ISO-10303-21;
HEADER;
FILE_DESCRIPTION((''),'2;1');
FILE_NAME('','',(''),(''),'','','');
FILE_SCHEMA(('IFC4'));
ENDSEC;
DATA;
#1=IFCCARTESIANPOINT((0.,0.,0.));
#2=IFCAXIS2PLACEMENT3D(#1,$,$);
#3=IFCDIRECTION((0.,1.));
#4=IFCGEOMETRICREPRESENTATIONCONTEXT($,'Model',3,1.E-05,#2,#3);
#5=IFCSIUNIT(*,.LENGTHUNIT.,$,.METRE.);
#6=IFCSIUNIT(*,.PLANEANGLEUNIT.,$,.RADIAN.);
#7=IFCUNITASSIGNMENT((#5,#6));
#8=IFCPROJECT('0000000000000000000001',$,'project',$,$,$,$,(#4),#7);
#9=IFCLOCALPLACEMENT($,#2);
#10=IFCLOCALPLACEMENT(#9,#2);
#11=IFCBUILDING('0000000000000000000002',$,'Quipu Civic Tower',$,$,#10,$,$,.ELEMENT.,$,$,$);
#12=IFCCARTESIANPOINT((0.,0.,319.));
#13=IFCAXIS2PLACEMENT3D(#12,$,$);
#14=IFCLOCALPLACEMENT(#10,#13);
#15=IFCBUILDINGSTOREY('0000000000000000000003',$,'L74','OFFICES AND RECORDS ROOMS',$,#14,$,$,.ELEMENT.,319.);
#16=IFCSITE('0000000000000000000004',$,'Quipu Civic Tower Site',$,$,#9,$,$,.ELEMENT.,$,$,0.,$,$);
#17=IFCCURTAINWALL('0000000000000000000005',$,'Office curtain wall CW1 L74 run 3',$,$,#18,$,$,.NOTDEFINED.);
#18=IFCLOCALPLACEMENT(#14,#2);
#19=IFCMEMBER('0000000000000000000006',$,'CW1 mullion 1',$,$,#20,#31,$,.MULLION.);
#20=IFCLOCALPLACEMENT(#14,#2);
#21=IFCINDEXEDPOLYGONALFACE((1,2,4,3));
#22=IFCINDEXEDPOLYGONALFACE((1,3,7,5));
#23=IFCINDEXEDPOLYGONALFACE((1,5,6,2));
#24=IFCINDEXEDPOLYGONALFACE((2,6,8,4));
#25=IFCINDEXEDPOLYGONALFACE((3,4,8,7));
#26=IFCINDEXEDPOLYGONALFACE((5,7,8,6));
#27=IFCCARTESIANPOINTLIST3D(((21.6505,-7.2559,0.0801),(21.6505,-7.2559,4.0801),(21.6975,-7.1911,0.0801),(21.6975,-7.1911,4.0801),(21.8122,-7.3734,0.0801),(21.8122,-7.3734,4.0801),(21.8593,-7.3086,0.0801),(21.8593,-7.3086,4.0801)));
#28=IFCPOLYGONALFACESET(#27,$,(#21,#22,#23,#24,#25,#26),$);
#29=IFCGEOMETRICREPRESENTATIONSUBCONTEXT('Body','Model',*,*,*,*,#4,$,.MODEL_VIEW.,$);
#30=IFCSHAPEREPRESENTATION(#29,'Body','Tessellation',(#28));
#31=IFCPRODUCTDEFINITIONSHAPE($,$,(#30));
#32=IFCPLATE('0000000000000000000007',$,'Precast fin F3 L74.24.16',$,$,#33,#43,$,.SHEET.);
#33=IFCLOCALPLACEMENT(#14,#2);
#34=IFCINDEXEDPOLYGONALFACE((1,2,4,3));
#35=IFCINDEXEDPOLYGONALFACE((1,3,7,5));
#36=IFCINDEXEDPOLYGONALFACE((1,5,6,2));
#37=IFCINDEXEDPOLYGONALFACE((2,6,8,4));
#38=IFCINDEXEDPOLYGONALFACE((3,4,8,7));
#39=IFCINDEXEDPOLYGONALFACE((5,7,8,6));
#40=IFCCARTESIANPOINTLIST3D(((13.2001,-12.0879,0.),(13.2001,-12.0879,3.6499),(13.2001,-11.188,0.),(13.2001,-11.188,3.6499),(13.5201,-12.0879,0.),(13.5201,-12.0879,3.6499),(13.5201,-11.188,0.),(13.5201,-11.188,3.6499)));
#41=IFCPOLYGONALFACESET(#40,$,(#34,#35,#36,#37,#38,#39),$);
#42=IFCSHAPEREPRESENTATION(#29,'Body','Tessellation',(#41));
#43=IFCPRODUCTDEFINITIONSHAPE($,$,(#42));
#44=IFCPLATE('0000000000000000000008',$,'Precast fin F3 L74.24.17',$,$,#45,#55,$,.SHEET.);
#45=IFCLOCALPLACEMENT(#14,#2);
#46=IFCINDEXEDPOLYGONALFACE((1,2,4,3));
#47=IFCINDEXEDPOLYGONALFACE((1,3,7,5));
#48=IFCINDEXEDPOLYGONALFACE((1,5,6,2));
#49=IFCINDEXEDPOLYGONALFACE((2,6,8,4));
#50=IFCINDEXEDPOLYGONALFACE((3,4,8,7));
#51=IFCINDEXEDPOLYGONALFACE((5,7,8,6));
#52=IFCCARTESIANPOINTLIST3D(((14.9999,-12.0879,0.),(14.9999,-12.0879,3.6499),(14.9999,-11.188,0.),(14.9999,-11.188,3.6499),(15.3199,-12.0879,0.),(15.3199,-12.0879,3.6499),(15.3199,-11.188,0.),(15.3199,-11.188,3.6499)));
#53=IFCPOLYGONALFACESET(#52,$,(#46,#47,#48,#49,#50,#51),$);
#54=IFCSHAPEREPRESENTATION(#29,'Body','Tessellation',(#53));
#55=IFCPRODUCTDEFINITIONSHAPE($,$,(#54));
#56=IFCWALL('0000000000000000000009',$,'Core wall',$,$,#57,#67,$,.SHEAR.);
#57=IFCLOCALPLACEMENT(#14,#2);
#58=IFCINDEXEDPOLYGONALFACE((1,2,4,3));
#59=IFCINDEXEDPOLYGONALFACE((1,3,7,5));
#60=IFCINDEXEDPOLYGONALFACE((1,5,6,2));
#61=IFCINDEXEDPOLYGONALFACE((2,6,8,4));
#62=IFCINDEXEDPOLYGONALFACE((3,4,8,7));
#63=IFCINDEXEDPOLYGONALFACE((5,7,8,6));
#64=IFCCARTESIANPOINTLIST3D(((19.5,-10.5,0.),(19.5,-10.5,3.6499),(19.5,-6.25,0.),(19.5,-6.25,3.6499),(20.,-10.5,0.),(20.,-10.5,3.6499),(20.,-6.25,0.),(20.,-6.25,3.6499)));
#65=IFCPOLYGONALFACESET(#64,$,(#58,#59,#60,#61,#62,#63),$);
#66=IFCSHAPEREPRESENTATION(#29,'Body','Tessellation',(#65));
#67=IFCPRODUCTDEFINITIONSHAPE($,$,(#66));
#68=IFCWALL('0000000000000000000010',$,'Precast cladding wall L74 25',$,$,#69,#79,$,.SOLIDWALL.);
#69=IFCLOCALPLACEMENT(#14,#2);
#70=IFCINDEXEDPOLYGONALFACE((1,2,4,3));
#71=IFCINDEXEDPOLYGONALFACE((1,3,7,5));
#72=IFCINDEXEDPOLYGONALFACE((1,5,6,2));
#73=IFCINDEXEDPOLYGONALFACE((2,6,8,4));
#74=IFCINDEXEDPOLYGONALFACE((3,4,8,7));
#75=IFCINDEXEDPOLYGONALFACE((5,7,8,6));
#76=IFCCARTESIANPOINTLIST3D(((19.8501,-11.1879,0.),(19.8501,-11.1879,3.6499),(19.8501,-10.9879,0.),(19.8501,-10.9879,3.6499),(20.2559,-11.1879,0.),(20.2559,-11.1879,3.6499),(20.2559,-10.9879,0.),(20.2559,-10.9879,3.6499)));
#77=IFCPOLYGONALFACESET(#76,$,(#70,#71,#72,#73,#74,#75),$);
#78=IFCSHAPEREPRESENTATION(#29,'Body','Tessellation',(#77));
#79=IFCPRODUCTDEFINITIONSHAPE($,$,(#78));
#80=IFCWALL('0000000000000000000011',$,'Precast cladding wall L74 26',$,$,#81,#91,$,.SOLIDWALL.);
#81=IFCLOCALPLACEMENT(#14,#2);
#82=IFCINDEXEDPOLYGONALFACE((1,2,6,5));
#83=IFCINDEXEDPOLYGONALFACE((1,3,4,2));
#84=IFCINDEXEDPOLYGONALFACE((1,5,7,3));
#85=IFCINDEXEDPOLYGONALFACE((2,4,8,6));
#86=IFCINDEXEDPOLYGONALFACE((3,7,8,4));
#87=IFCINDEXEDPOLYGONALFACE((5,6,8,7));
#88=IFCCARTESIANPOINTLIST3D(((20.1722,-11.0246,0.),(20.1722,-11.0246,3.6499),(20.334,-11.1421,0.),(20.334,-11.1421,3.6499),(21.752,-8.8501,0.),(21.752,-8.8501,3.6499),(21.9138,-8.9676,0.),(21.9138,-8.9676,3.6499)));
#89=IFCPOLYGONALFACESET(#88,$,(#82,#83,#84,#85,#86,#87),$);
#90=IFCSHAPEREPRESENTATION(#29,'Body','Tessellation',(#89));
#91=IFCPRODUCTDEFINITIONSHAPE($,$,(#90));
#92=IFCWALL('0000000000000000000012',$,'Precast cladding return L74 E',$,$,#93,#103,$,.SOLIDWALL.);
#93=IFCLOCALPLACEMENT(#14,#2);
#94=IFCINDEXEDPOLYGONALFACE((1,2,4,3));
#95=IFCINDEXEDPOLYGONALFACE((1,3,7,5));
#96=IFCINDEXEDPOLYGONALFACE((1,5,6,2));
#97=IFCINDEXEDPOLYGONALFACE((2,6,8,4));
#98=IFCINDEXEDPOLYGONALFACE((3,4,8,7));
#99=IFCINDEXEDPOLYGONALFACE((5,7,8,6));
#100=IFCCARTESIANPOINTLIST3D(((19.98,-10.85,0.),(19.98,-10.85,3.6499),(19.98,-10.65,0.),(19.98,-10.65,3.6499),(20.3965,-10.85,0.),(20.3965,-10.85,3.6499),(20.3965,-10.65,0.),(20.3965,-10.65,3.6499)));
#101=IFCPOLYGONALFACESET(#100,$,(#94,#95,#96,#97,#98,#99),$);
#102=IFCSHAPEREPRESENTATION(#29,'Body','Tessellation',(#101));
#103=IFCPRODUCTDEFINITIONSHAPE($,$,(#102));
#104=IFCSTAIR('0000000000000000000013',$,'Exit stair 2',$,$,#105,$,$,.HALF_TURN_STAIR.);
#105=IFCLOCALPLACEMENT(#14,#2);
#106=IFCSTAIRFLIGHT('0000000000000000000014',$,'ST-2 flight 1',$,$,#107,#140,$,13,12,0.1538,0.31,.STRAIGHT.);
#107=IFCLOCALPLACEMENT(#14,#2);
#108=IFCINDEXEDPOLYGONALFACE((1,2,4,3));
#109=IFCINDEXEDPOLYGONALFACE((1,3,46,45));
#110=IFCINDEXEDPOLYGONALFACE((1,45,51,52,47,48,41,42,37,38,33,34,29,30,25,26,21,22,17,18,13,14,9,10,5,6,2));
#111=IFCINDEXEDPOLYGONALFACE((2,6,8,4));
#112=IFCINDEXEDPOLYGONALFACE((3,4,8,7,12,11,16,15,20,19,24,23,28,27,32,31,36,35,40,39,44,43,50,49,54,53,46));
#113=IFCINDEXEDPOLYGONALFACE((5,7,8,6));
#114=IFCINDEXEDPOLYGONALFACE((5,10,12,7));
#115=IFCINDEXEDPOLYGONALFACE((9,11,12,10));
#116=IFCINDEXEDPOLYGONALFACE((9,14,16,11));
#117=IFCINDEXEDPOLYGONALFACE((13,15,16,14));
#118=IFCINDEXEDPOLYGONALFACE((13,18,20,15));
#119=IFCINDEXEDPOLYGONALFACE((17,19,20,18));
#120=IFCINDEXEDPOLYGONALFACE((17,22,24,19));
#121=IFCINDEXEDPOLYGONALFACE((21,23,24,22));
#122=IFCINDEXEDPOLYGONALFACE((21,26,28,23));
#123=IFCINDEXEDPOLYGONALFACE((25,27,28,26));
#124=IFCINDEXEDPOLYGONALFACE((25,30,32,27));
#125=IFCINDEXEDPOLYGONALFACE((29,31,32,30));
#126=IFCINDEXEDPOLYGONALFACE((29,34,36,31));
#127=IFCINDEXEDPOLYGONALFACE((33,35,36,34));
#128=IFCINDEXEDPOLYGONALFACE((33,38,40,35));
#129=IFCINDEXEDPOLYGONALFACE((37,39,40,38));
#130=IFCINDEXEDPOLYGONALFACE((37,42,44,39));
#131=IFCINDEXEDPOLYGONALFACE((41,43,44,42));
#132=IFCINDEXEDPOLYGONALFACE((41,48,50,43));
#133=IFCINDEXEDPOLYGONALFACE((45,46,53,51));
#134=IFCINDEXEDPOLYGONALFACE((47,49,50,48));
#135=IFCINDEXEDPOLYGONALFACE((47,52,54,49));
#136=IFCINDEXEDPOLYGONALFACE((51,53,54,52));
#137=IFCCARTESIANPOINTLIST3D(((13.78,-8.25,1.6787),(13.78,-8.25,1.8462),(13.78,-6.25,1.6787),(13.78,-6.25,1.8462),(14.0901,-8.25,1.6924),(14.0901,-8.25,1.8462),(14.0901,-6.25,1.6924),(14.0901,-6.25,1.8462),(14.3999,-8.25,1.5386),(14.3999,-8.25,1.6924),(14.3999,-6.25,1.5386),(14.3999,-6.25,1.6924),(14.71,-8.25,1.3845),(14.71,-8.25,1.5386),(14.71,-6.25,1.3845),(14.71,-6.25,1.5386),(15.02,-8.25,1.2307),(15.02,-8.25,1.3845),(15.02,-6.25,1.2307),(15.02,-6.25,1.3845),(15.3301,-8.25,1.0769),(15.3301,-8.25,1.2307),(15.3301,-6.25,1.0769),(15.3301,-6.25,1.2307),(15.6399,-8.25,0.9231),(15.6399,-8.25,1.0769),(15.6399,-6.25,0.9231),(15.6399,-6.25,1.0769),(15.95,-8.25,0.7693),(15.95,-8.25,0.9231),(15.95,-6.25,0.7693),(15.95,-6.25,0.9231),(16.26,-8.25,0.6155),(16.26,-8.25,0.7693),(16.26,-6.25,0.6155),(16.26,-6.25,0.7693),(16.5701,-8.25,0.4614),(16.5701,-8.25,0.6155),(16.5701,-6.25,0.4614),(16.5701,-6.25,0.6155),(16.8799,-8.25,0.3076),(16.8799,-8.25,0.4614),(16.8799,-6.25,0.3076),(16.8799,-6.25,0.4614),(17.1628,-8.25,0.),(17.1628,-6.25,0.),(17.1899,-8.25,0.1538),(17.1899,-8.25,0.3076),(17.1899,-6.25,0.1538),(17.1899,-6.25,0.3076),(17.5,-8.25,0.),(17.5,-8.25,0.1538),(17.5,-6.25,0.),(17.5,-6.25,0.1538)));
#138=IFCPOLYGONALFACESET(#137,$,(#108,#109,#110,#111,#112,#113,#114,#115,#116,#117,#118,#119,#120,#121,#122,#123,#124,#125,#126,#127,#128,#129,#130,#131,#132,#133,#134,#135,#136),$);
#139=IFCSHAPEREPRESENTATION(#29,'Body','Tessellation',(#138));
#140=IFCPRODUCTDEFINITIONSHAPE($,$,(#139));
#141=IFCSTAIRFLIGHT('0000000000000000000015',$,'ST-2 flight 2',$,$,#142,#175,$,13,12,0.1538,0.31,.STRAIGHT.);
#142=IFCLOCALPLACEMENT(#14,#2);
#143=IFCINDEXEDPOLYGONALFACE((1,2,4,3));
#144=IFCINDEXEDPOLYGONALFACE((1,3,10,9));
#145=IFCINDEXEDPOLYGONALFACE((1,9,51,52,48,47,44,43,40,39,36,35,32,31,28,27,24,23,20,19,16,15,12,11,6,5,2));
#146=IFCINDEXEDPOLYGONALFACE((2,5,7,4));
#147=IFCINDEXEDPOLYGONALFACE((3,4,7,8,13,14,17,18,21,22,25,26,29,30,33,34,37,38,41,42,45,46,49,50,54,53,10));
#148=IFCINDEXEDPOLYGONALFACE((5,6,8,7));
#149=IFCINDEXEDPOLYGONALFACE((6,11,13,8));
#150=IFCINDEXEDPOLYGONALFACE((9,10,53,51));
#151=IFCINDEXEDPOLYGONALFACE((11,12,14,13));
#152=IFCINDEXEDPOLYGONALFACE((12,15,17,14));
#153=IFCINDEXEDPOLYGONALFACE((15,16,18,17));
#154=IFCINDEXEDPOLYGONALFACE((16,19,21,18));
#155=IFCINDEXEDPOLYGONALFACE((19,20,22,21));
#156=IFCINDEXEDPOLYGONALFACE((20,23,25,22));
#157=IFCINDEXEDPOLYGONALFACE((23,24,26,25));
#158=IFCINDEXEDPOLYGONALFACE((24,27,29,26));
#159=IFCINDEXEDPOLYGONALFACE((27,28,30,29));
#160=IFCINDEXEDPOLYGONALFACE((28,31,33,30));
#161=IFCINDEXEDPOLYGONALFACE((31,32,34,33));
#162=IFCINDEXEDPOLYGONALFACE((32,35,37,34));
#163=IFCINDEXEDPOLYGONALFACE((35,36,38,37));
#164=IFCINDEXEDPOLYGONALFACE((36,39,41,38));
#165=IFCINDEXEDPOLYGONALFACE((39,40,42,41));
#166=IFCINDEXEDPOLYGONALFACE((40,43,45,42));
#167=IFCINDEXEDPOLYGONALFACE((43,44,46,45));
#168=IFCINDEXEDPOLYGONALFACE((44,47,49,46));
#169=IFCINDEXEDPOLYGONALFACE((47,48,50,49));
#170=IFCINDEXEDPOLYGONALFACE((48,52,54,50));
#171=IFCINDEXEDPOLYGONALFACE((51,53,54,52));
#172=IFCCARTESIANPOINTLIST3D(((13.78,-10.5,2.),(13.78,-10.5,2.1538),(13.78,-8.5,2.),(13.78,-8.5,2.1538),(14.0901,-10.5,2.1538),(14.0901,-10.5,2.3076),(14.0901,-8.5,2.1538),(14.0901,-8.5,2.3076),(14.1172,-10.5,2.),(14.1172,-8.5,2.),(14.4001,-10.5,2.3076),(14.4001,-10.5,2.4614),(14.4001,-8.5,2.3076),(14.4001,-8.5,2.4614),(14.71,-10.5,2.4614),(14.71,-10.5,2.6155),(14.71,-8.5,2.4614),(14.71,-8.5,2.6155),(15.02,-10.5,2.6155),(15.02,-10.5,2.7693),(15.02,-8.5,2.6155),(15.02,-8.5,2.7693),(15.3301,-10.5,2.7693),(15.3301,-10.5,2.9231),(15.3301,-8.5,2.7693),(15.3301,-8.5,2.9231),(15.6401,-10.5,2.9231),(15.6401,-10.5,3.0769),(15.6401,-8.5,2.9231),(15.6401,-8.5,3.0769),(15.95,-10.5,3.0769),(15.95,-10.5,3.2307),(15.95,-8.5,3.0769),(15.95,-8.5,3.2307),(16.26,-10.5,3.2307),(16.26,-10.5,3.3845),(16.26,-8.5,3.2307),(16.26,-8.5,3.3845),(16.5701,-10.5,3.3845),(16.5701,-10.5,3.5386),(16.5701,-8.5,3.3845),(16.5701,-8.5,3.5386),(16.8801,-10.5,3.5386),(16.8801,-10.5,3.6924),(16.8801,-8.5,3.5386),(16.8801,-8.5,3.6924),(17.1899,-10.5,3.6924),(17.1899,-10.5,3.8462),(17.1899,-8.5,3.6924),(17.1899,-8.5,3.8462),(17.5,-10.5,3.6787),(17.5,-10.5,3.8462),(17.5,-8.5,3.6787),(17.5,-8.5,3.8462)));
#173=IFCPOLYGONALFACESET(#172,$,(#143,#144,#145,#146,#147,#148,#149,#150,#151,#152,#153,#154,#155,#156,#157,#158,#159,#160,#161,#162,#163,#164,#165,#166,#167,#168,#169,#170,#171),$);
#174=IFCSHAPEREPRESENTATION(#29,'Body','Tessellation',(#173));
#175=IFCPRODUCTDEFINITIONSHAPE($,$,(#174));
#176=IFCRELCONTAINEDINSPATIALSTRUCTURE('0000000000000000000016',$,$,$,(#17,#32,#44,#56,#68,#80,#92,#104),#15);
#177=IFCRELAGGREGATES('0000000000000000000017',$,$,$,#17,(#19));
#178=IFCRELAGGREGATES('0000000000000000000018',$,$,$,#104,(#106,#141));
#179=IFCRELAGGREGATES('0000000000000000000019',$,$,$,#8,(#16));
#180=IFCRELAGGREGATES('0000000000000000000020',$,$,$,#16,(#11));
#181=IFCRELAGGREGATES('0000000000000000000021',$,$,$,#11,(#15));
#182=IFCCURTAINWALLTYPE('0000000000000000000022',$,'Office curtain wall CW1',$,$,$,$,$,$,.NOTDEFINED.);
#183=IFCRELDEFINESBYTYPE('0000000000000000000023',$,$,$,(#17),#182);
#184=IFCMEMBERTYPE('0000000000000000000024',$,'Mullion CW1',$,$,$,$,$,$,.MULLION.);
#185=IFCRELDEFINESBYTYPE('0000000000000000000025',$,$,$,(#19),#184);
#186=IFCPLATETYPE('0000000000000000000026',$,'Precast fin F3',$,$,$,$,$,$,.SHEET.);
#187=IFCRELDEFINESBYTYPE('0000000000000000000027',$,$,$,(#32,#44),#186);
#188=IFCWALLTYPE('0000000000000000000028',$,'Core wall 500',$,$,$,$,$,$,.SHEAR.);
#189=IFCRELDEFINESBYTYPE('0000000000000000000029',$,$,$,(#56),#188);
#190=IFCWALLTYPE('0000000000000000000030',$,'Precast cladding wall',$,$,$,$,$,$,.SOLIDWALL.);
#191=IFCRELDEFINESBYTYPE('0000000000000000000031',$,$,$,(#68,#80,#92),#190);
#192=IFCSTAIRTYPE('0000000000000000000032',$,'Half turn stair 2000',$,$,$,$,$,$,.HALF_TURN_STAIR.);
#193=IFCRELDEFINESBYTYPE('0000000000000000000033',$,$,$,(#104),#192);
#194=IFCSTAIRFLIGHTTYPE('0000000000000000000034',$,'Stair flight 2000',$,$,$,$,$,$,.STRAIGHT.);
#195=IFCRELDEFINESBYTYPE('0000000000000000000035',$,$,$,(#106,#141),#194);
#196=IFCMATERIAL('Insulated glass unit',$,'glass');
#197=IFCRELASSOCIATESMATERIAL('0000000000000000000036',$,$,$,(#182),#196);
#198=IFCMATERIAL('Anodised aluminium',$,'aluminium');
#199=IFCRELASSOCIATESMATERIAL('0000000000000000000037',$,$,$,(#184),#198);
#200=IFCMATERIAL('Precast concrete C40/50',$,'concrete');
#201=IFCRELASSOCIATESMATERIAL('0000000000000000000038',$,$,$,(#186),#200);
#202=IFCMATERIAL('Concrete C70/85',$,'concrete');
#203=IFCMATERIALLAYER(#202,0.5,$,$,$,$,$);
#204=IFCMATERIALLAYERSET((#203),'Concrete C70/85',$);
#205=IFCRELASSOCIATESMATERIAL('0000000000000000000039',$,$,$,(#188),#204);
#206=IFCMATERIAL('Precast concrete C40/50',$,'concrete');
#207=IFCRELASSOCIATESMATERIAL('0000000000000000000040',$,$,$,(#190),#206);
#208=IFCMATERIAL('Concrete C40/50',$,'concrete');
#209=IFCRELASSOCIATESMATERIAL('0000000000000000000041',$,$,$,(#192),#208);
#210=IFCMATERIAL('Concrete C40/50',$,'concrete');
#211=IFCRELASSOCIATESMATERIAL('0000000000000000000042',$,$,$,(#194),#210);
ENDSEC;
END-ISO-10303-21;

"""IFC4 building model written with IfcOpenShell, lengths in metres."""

from ifc_helpers import new_model, si_unit, direction, frame, frame_2d, origin, origin_2d, place, context, subcontext, project, spatial, polyline, rectangle, outline, extrude, material, layer, layer_set, material_profile, profile_set, type_object, element, aggregate, save


model = new_model("IFC4")

# Units and contexts
model_context = context("Model", 3, precision=1e-05, world=origin(), true_north=direction((0.0, 1.0)))
body_context = subcontext(model_context, "Body", "Model", "MODEL_VIEW")
ifc_project = project(units=[si_unit("LENGTHUNIT", "METRE"), si_unit("PLANEANGLEUNIT", "RADIAN")], contexts=[model_context])

# Site, building, storey
site_placement = place(None, origin())
site = spatial("IfcSite", under=ifc_project, at=site_placement, Name="Quipu Civic Tower Site", CompositionType="ELEMENT", RefElevation=0.0)
building_placement = place(site_placement, origin())
building = spatial("IfcBuilding", under=site, at=building_placement, Name="Quipu Civic Tower", CompositionType="ELEMENT")
storey_placement = place(building_placement, frame((0.0, 0.0, 319.0)))
storey = spatial("IfcBuildingStorey", under=building, at=storey_placement, Name="L74", Description="OFFICES AND RECORDS ROOMS", CompositionType="ELEMENT", Elevation=319.0)

# Curtain wall, member
ifc_material_1 = material(Name="Insulated glass unit", Category="glass")
curtain_wall_type = type_object("IfcCurtainWallType", Name="Office curtain wall CW1", PredefinedType="NOTDEFINED", material=ifc_material_1)
curtain_wall_placement = place(storey_placement, origin())
curtain_wall = element("IfcCurtainWall", 1, at=curtain_wall_placement, inside=storey, type_object=curtain_wall_type, Name="Office curtain wall CW1 L74 run 3", PredefinedType="NOTDEFINED")
ifc_material_2 = material(Name="Anodised aluminium", Category="aluminium")
ifc_material_profile = material_profile(ifc_material_2, rectangle(XDim=0.2, YDim=0.0801, at=origin_2d()), Name="RECT 200x80")
ifc_profile_set = profile_set([ifc_material_profile], Name="Anodised aluminium")
member_type = type_object("IfcMemberType", Name="Mullion CW1", PredefinedType="MULLION", material=ifc_profile_set)
member_placement = place(storey_placement, frame((21.7549, -7.2822, 0.0801), z_axis=(0.0, 0.0, 1.0), x_axis=(-0.809019, 0.587783, 0.0)))
member = element("IfcMember", 2, at=member_placement, type_object=member_type, Name="CW1 mullion 1", PredefinedType="MULLION", context=body_context, shape_type="SweptSolid", body=[
    extrude(rectangle(XDim=0.2, YDim=0.0801, at=origin_2d()), origin(), (0.0, 0.0, 1.0), 4.0),
])
aggregate(curtain_wall, [member])

# Plates
ifc_material_3 = material(Name="Precast concrete C40/50", Category="concrete")
plate_type = type_object("IfcPlateType", Name="Precast fin F3", PredefinedType="SHEET", material=ifc_material_3)
for number, where, z_axis, x_axis, name in (
    (3, (13.3601, -11.6379, 0.0), (0.0, 0.0, 1.0), (1.0, 0.0, 0.0), "Precast fin F3 L74.24.16"),
    (4, (15.1599, -11.6379, 0.0), (0.0, 0.0, 1.0), (1.0, 0.0, 0.0), "Precast fin F3 L74.24.17"),
):
    element("IfcPlate", number, at=place(storey_placement, frame(where, z_axis=z_axis, x_axis=x_axis)), inside=storey, type_object=plate_type, Name=name, PredefinedType="SHEET", context=body_context, shape_type="SweptSolid", body=[
        extrude(rectangle(XDim=0.3201, YDim=0.8999, at=origin_2d()), origin(), (0.0, 0.0, 1.0), 3.6499),
    ])

# Walls
ifc_material_4 = material(Name="Concrete C70/85", Category="concrete")
ifc_layer = layer(ifc_material_4, 0.5)
ifc_layer_set = layer_set([ifc_layer], Name="Concrete C70/85")
wall_type_1 = type_object("IfcWallType", Name="Core wall 500", PredefinedType="SHEAR", material=ifc_layer_set)
wall_1_placement = place(storey_placement, frame((19.75, -10.5, 0.0), z_axis=(0.0, 0.0, 1.0), x_axis=(0.0, 1.0, 0.0)))
element("IfcWall", 5, at=wall_1_placement, inside=storey, type_object=wall_type_1, Name="Core wall", PredefinedType="SHEAR", context=body_context, shape_type="SweptSolid", body=[
    extrude(rectangle(XDim=4.25, YDim=0.5, at=frame_2d((2.125, 0.0))), origin(), (0.0, 0.0, 1.0), 3.6499),
])
ifc_material_5 = material(Name="Precast concrete C40/50", Category="concrete")
wall_type_2 = type_object("IfcWallType", Name="Precast cladding wall", PredefinedType="SOLIDWALL", material=ifc_material_5)
wall_2_placement = place(storey_placement, frame((19.8501, -11.0879, 0.0), z_axis=(0.0, 0.0, 1.0), x_axis=(1.0, 0.0, 0.0)))
element("IfcWall", 6, at=wall_2_placement, inside=storey, type_object=wall_type_2, Name="Precast cladding wall L74 25", PredefinedType="SOLIDWALL", context=body_context, shape_type="SweptSolid", body=[
    extrude(rectangle(XDim=0.4058, YDim=0.2, at=frame_2d((0.2029, 0.0))), origin(), (0.0, 0.0, 1.0), 3.6499),
])
wall_3_placement = place(storey_placement, frame((20.2532, -11.0833, 0.0), z_axis=(0.0, 0.0, 1.0), x_axis=(0.587767, 0.809031, 0.0)))
element("IfcWall", 7, at=wall_3_placement, inside=storey, type_object=wall_type_2, Name="Precast cladding wall L74 26", PredefinedType="SOLIDWALL", context=body_context, shape_type="SweptSolid", body=[
    extrude(rectangle(XDim=2.6877, YDim=0.2, at=frame_2d((1.3438, 0.0))), origin(), (0.0, 0.0, 1.0), 3.6499),
])
wall_4_placement = place(storey_placement, frame((19.98, -10.75, 0.0), z_axis=(0.0, 0.0, 1.0), x_axis=(1.0, 0.0, 0.0)))
element("IfcWall", 8, at=wall_4_placement, inside=storey, type_object=wall_type_2, Name="Precast cladding return L74 E", PredefinedType="SOLIDWALL", context=body_context, shape_type="SweptSolid", body=[
    extrude(rectangle(XDim=0.4165, YDim=0.2, at=frame_2d((0.2083, 0.0))), origin(), (0.0, 0.0, 1.0), 3.6499),
])

# Stair, stair flights
ifc_material_6 = material(Name="Concrete C40/50", Category="concrete")
stair_type = type_object("IfcStairType", Name="Half turn stair 2000", PredefinedType="HALF_TURN_STAIR", material=ifc_material_6)
stair_placement = place(storey_placement, origin())
stair = element("IfcStair", 9, at=stair_placement, inside=storey, type_object=stair_type, Name="Exit stair 2", PredefinedType="HALF_TURN_STAIR")
ifc_material_7 = material(Name="Concrete C40/50", Category="concrete")
stair_flight_type = type_object("IfcStairFlightType", Name="Stair flight 2000", PredefinedType="STRAIGHT", material=ifc_material_7)
stair_flight_1_placement = place(storey_placement, frame((17.5, -7.25, 0.0), z_axis=(0.0, 0.0, 1.0), x_axis=(-1.0, 0.0, 0.0)))
stair_flight_1 = element("IfcStairFlight", 10, at=stair_flight_1_placement, type_object=stair_flight_type, Name="ST-2 flight 1", NumberOfRisers=13, NumberOfTreads=12, PredefinedType="STRAIGHT", RiserHeight=0.1538, TreadLength=0.31, context=body_context, shape_type="SweptSolid", body=[
    extrude(outline(polyline([(0.0, 0.0), (0.0, 0.1538), (0.3101, 0.1538), (0.3101, 0.3076), (0.6201, 0.3076), (0.6201, 0.4614), (0.9299, 0.4614), (0.9299, 0.6155), (1.24, 0.6155), (1.24, 0.7693), (1.55, 0.7693), (1.55, 0.9231), (1.8601, 0.9231), (1.8601, 1.0769), (2.1699, 1.0769), (2.1699, 1.2307), (2.48, 1.2307), (2.48, 1.3845), (2.79, 1.3845), (2.79, 1.5386), (3.1001, 1.5386), (3.1001, 1.6924), (3.4099, 1.6924), (3.4099, 1.8462), (3.72, 1.8462), (3.72, 2.0), (3.72, 1.6787), (0.3372, 0.0), (0.0, 0.0)])), frame((0.0, 1.0, 0.0), z_axis=(0.0, -1.0, 0.0), x_axis=(1.0, 0.0, 0.0)), (0.0, 0.0, 1.0), 2.0),
])
stair_flight_2_placement = place(storey_placement, frame((13.78, -9.5, 2.0), z_axis=(0.0, 0.0, 1.0), x_axis=(1.0, 0.0, 0.0)))
stair_flight_2 = element("IfcStairFlight", 11, at=stair_flight_2_placement, type_object=stair_flight_type, Name="ST-2 flight 2", NumberOfRisers=13, NumberOfTreads=12, PredefinedType="STRAIGHT", RiserHeight=0.1538, TreadLength=0.31, context=body_context, shape_type="SweptSolid", body=[
    extrude(outline(polyline([(0.0, 0.0), (0.0, 0.1538), (0.3101, 0.1538), (0.3101, 0.3076), (0.6201, 0.3076), (0.6201, 0.4614), (0.9299, 0.4614), (0.9299, 0.6155), (1.24, 0.6155), (1.24, 0.7693), (1.55, 0.7693), (1.55, 0.9231), (1.8601, 0.9231), (1.8601, 1.0769), (2.1699, 1.0769), (2.1699, 1.2307), (2.48, 1.2307), (2.48, 1.3845), (2.79, 1.3845), (2.79, 1.5386), (3.1001, 1.5386), (3.1001, 1.6924), (3.4099, 1.6924), (3.4099, 1.8462), (3.72, 1.8462), (3.72, 2.0), (3.72, 1.6787), (0.3372, 0.0), (0.0, 0.0)])), frame((0.0, 1.0, 0.0), z_axis=(0.0, -1.0, 0.0), x_axis=(1.0, 0.0, 0.0)), (0.0, 0.0, 1.0), 2.0),
])
aggregate(stair, [stair_flight_1, stair_flight_2])

save(model, "model.ifc")
